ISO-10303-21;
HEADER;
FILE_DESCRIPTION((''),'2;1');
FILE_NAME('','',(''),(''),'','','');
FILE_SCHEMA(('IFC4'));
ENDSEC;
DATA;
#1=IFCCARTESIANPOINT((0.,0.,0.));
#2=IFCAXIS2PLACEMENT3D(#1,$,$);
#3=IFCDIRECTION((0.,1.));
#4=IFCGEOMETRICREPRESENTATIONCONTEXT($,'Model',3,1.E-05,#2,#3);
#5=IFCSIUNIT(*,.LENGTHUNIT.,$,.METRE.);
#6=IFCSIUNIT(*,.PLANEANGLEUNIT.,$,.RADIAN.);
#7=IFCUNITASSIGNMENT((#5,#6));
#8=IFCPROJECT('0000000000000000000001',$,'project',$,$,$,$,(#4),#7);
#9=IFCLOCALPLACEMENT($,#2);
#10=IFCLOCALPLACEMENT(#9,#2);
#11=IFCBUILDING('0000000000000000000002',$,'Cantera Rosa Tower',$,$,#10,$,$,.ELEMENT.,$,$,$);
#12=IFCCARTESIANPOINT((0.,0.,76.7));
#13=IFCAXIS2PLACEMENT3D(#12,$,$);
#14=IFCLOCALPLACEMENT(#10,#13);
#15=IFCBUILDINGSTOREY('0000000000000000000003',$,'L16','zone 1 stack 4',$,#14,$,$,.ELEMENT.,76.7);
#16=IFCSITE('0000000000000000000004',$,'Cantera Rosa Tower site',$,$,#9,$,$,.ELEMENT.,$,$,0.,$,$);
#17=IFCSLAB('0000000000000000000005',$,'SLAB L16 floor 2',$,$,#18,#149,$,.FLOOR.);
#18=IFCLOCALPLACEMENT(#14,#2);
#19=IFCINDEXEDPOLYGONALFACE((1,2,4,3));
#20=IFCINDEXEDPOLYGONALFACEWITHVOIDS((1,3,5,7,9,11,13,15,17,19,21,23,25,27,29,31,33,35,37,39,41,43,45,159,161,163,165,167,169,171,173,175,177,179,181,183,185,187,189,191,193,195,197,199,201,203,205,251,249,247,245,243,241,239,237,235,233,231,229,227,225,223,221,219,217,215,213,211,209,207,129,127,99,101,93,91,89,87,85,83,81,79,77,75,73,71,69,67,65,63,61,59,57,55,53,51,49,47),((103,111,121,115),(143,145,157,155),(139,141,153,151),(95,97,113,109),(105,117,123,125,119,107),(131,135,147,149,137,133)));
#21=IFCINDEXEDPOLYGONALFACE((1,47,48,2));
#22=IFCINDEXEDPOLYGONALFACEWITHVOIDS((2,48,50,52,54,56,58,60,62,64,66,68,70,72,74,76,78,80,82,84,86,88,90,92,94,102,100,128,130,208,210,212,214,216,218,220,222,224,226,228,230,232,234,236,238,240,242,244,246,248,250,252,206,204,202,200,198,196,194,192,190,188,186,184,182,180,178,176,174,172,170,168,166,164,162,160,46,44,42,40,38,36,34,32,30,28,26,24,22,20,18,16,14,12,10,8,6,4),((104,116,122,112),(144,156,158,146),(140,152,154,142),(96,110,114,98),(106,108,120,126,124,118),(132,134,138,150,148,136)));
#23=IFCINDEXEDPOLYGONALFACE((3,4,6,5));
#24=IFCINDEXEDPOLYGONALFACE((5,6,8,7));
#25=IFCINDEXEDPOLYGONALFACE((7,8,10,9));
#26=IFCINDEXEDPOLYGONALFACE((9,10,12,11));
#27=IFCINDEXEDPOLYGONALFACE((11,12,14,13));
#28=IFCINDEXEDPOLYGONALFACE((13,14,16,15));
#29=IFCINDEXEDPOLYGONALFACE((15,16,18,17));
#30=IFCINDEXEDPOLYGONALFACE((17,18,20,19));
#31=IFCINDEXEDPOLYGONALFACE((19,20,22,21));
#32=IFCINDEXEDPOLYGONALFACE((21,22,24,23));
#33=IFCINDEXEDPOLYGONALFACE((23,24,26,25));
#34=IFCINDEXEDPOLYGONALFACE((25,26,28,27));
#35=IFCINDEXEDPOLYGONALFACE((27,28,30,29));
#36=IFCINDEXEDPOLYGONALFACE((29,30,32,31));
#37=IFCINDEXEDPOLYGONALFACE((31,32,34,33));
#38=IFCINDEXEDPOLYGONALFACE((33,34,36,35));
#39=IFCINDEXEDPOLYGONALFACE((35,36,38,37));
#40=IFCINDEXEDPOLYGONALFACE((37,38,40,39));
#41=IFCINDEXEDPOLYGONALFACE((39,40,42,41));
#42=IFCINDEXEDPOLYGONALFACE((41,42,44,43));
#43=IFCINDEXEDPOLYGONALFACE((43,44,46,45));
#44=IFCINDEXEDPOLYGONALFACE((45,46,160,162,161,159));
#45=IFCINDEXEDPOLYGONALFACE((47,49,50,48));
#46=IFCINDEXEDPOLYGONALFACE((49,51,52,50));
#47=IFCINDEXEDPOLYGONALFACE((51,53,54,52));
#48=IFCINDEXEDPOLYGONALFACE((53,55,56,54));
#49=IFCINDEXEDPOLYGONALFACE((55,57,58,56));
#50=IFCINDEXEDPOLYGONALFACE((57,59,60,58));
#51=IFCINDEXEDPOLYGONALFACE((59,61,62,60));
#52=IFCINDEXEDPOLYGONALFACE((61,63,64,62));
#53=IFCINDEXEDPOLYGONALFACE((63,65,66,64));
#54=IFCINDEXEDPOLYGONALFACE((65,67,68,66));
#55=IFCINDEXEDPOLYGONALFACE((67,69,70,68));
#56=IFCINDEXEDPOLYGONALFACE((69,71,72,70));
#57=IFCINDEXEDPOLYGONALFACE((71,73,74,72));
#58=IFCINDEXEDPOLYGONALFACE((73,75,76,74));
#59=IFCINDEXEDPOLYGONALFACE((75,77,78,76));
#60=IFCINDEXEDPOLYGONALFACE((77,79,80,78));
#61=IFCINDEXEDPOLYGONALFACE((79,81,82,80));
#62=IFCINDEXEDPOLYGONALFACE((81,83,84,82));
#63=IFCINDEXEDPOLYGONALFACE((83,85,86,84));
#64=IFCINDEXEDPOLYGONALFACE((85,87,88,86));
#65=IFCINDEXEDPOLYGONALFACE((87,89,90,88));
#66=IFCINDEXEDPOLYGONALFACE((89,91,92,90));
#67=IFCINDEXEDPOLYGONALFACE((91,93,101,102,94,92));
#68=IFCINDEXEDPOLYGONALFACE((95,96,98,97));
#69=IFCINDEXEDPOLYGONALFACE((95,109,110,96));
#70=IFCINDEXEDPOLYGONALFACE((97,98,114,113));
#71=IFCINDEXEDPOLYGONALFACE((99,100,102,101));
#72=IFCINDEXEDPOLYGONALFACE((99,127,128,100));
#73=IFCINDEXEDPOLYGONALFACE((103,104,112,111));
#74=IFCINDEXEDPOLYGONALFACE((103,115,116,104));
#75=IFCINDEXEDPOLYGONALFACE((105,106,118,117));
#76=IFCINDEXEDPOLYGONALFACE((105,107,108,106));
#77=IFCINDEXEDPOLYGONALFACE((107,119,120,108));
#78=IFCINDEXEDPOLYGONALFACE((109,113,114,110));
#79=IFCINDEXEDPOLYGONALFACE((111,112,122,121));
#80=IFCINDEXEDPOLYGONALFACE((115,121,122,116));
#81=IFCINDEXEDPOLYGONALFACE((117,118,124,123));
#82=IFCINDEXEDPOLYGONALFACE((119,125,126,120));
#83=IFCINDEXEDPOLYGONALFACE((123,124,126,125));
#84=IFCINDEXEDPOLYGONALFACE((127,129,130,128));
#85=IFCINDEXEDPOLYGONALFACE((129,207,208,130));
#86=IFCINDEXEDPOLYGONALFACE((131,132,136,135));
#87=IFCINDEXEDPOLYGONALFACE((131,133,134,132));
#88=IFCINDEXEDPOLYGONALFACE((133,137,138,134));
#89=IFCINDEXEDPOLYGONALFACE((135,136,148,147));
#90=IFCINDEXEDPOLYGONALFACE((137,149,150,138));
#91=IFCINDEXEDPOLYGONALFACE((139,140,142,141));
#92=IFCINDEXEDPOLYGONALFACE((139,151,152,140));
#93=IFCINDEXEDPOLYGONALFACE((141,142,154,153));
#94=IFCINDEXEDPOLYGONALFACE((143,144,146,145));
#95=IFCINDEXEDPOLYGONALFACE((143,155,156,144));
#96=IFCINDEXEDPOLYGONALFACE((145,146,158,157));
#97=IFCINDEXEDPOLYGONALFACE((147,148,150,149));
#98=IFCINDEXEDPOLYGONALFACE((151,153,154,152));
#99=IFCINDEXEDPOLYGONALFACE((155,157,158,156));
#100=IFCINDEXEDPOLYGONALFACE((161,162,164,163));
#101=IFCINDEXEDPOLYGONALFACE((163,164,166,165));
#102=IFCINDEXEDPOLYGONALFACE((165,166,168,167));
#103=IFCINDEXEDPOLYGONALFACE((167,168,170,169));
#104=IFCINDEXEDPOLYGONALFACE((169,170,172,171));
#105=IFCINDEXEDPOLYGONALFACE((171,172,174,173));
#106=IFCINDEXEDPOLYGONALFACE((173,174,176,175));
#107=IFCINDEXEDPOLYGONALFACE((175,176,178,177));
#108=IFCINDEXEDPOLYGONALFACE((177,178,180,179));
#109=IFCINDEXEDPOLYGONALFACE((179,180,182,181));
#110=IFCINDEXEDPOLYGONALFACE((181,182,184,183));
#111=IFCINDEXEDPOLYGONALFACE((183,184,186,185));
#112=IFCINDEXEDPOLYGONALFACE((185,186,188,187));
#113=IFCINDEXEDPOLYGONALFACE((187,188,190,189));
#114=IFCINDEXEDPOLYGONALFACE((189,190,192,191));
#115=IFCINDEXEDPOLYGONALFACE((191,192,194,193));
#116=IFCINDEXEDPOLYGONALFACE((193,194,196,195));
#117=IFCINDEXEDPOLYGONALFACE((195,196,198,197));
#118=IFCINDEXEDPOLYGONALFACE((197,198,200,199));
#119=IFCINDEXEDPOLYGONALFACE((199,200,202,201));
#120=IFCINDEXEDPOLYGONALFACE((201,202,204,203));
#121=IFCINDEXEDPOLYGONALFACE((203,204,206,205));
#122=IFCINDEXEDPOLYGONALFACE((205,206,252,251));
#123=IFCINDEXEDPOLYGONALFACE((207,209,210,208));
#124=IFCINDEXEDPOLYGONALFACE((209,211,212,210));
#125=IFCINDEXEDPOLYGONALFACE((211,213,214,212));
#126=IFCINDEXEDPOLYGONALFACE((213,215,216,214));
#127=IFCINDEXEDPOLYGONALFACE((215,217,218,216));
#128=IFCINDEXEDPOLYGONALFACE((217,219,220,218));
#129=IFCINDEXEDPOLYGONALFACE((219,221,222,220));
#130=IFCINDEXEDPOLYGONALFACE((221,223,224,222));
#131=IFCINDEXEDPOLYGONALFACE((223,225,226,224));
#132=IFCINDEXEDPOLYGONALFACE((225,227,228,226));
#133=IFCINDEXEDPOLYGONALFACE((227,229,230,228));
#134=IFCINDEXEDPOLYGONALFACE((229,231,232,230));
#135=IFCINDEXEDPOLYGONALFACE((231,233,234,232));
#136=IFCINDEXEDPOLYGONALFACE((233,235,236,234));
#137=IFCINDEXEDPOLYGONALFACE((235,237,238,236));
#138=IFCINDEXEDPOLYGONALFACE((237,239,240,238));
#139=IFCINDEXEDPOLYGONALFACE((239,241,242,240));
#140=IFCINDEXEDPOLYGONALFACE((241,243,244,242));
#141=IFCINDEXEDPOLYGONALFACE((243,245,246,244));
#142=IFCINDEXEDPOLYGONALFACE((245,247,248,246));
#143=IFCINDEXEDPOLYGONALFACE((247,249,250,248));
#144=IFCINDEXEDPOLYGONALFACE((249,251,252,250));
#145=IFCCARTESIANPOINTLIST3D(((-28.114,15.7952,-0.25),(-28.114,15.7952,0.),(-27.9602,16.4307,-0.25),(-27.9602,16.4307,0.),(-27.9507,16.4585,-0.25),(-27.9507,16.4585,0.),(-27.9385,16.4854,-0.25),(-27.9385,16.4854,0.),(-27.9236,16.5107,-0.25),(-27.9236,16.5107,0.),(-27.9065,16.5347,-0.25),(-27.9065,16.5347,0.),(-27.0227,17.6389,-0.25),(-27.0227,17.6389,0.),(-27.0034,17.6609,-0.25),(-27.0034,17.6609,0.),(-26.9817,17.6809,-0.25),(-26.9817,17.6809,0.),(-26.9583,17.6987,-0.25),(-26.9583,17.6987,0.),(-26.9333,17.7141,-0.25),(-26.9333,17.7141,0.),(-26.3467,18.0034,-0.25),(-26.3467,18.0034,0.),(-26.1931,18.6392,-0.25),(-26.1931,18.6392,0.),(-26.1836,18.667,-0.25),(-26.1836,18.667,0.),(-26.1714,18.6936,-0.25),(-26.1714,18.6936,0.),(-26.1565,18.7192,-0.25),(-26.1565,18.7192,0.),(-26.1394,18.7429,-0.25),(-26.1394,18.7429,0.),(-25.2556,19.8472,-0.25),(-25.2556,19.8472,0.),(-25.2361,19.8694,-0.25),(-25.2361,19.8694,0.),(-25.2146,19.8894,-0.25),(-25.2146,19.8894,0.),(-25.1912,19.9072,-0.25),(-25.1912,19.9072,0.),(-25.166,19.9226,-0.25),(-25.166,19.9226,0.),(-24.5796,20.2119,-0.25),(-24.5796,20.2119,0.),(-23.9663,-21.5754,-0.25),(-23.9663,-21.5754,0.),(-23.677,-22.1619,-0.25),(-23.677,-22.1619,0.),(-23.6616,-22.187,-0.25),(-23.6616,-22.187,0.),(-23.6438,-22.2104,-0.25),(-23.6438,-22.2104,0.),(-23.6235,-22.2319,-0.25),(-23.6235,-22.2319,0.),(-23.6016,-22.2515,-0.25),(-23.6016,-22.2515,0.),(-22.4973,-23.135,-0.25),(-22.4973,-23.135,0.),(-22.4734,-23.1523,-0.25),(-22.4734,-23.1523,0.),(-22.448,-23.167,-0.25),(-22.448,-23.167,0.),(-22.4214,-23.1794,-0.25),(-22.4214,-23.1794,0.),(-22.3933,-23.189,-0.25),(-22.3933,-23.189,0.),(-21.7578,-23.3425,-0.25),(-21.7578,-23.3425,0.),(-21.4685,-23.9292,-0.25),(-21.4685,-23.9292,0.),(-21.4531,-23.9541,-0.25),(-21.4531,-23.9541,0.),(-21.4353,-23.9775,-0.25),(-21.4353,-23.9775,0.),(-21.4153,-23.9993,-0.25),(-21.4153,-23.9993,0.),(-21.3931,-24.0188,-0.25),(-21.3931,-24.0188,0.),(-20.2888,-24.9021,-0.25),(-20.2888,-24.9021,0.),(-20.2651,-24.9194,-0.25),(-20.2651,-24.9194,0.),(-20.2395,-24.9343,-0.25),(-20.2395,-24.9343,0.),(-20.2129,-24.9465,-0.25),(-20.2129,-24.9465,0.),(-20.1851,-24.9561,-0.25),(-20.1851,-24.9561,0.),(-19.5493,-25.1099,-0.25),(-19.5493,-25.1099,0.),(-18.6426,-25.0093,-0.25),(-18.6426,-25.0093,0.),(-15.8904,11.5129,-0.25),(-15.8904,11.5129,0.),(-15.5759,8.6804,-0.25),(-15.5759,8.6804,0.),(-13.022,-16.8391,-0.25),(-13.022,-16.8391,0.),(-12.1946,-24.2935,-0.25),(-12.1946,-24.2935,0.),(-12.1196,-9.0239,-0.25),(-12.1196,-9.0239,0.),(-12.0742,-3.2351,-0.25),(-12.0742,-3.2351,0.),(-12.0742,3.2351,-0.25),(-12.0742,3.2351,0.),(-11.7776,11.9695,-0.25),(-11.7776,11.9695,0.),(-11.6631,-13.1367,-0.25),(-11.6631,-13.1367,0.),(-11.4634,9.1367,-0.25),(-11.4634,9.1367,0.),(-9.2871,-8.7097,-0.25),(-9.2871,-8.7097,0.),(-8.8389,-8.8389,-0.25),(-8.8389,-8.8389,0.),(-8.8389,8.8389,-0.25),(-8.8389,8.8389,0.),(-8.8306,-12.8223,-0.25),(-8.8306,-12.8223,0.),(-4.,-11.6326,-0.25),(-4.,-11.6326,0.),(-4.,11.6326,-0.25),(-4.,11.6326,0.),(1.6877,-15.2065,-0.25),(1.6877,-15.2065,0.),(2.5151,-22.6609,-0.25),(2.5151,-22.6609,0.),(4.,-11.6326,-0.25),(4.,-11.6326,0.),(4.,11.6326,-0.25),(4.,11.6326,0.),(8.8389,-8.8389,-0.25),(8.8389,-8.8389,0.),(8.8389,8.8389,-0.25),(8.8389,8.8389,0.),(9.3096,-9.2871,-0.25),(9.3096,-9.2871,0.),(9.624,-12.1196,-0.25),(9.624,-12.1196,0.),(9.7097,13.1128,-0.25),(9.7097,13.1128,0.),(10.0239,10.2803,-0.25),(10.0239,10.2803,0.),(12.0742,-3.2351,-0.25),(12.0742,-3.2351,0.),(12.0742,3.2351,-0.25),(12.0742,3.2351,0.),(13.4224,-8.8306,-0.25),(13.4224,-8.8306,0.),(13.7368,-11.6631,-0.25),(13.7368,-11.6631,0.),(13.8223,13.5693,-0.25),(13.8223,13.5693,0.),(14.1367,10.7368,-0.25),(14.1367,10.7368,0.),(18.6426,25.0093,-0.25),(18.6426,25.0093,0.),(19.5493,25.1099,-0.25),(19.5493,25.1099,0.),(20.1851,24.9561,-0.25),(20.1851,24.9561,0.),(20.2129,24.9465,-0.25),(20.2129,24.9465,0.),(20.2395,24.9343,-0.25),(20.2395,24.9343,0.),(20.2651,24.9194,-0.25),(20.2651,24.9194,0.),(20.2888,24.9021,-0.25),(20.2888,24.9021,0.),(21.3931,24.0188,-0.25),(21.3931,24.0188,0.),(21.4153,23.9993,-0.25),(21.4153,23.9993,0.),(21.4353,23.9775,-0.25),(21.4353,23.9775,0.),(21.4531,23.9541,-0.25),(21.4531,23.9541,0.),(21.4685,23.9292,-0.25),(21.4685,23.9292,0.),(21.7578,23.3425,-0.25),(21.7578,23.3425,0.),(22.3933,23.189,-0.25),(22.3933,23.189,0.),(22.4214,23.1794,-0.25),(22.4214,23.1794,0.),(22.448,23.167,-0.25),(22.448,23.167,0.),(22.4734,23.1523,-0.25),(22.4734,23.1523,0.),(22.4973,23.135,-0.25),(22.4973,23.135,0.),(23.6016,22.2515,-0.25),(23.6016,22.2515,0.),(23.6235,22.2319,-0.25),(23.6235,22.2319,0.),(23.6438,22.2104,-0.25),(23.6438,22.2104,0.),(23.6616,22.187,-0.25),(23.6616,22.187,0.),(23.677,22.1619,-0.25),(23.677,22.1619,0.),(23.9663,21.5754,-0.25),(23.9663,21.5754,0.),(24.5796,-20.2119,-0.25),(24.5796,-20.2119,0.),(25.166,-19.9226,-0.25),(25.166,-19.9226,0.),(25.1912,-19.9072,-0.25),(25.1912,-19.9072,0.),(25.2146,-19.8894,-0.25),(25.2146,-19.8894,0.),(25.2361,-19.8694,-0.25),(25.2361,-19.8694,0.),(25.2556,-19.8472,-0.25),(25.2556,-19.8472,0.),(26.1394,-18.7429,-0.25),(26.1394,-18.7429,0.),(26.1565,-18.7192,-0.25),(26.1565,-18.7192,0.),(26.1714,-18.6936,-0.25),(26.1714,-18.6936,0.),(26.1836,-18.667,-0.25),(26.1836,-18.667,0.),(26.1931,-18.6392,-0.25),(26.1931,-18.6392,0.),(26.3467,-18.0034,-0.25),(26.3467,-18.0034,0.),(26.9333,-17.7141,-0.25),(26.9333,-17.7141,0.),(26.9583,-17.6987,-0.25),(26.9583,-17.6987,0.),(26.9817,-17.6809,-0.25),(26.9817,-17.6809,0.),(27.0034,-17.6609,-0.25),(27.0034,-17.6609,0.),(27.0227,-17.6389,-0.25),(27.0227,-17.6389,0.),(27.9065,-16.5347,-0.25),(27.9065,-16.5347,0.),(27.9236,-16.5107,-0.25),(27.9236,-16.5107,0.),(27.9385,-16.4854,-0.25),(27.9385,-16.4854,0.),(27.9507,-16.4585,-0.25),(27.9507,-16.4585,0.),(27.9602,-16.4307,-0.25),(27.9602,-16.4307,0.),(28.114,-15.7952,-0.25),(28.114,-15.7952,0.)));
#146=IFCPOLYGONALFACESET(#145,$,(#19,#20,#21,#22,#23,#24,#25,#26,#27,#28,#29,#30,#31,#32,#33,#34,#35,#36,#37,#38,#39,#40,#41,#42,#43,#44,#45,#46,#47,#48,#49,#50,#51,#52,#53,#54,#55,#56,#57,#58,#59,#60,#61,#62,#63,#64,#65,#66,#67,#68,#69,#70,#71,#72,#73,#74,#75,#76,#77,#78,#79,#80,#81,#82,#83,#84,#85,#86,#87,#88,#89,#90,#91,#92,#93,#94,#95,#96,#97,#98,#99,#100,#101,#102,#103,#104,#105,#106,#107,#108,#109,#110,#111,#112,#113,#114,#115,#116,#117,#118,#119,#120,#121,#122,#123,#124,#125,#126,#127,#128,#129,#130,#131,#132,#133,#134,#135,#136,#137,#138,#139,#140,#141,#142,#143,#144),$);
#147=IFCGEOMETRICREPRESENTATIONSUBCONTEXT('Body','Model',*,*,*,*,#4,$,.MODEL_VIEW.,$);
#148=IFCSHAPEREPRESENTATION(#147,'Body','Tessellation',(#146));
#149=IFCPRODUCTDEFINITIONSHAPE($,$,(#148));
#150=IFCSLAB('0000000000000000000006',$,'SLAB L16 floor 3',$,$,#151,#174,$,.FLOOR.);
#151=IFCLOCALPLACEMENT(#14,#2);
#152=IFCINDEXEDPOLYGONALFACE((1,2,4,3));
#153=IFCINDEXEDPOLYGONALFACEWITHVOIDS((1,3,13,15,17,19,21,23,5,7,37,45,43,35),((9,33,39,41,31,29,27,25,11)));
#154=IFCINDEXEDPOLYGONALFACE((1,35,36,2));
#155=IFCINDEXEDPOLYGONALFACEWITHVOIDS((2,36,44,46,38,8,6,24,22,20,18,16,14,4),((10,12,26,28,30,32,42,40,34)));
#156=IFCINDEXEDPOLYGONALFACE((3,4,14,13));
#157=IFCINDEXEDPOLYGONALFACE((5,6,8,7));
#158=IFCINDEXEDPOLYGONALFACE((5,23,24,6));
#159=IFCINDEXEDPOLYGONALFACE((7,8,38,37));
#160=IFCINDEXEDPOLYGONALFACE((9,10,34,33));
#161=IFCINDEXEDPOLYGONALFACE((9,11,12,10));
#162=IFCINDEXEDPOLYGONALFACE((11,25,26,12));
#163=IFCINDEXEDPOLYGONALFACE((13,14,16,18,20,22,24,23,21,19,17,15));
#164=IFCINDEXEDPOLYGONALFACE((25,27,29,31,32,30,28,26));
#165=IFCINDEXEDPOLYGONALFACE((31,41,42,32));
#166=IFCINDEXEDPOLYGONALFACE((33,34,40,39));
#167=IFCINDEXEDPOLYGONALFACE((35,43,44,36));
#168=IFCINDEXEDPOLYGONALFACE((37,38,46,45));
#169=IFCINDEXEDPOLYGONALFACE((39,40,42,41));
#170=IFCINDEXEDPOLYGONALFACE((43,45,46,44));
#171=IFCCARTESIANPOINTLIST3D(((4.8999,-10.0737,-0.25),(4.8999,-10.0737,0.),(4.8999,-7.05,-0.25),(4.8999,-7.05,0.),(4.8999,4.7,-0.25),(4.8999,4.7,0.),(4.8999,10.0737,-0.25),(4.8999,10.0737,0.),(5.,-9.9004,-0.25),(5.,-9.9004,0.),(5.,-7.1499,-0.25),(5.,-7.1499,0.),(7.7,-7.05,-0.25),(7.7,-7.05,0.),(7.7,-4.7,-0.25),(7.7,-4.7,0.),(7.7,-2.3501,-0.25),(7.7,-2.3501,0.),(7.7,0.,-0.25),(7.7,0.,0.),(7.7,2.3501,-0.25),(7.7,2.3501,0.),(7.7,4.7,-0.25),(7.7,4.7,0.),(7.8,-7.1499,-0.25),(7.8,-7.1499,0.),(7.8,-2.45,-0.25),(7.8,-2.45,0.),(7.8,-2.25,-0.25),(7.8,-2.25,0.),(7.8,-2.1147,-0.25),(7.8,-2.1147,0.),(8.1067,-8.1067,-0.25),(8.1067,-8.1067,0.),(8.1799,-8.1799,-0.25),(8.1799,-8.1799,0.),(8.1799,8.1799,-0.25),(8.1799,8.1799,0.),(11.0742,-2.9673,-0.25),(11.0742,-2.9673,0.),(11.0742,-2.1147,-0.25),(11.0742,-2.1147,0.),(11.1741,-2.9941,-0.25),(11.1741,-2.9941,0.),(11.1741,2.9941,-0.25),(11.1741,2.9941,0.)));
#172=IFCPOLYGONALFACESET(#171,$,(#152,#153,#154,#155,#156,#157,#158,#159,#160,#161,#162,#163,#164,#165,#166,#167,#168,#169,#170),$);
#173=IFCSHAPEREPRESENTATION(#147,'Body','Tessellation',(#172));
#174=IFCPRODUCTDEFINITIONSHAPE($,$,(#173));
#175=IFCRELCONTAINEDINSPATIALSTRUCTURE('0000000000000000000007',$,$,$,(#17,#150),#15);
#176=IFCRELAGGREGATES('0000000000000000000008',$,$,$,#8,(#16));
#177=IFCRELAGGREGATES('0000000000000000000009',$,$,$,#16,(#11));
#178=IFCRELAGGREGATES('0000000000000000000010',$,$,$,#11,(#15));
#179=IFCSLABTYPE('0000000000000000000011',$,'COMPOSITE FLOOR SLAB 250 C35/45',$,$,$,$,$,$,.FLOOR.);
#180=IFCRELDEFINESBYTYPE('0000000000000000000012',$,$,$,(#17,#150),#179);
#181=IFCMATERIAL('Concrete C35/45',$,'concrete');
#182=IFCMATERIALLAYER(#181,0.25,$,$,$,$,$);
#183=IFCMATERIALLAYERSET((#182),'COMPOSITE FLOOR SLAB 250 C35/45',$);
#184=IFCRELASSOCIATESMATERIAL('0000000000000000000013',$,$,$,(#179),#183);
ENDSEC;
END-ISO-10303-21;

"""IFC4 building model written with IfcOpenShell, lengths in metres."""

from ifc_helpers import new_model, si_unit, direction, frame, origin, place, context, subcontext, project, spatial, polyline, outline, extrude, material, layer, layer_set, type_object, element, save


model = new_model("IFC4")

# Units and contexts
model_context = context("Model", 3, precision=1e-05, world=origin(), true_north=direction((0.0, 1.0)))
body_context = subcontext(model_context, "Body", "Model", "MODEL_VIEW")
ifc_project = project(units=[si_unit("LENGTHUNIT", "METRE"), si_unit("PLANEANGLEUNIT", "RADIAN")], contexts=[model_context])

# Site, building, storey
site_placement = place(None, origin())
site = spatial("IfcSite", under=ifc_project, at=site_placement, Name="Cantera Rosa Tower site", CompositionType="ELEMENT", RefElevation=0.0)
building_placement = place(site_placement, origin())
building = spatial("IfcBuilding", under=site, at=building_placement, Name="Cantera Rosa Tower", CompositionType="ELEMENT")
storey_placement = place(building_placement, frame((0.0, 0.0, 76.7)))
storey = spatial("IfcBuildingStorey", under=building, at=storey_placement, Name="L16", Description="zone 1 stack 4", CompositionType="ELEMENT", Elevation=76.7)

# Slabs
ifc_material_1 = material(Name="Concrete C35/45", Category="concrete")
ifc_layer_1 = layer(ifc_material_1, 0.25)
ifc_layer_set_1 = layer_set([ifc_layer_1], Name="COMPOSITE FLOOR SLAB 250 C35/45")
slab_type_1 = type_object("IfcSlabType", Name="COMPOSITE FLOOR SLAB 250 C35/45", PredefinedType="FLOOR", material=ifc_layer_set_1)
slab_1_placement = place(storey_placement, frame((0.0, 0.0, -0.25)))
element("IfcSlab", 1, at=slab_1_placement, inside=storey, type_object=slab_type_1, Name="SLAB L16 floor 2", PredefinedType="FLOOR", context=body_context, shape_type="SweptSolid", body=[
    extrude(outline(polyline([(-21.3931, -24.0188), (-21.4153, -23.9993), (-21.4353, -23.9775), (-21.4531, -23.9541), (-21.4685, -23.9292), (-21.7578, -23.3425), (-22.3933, -23.189), (-22.4214, -23.1794), (-22.448, -23.167), (-22.4734, -23.1523), (-22.4973, -23.135), (-23.6016, -22.2515), (-23.6235, -22.2319), (-23.6438, -22.2104), (-23.6616, -22.187), (-23.677, -22.1619), (-23.9663, -21.5754), (-28.114, 15.7952), (-27.9602, 16.4307), (-27.9507, 16.4585), (-27.9385, 16.4854), (-27.9236, 16.5107), (-27.9065, 16.5347), (-27.0227, 17.6389), (-27.0034, 17.6609), (-26.9817, 17.6809), (-26.9583, 17.6987), (-26.9333, 17.7141), (-26.3467, 18.0034), (-26.1931, 18.6392), (-26.1836, 18.667), (-26.1714, 18.6936), (-26.1565, 18.7192), (-26.1394, 18.7429), (-25.2556, 19.8472), (-25.2361, 19.8694), (-25.2146, 19.8894), (-25.1912, 19.9072), (-25.166, 19.9226), (-24.5796, 20.2119), (18.6426, 25.0093), (19.5493, 25.1099), (20.1851, 24.9561), (20.2129, 24.9465), (20.2395, 24.9343), (20.2651, 24.9194), (20.2888, 24.9021), (21.3931, 24.0188), (21.4153, 23.9993), (21.4353, 23.9775), (21.4531, 23.9541), (21.4685, 23.9292), (21.7578, 23.3425), (22.3933, 23.189), (22.4214, 23.1794), (22.448, 23.167), (22.4734, 23.1523), (22.4973, 23.135), (23.6016, 22.2515), (23.6235, 22.2319), (23.6438, 22.2104), (23.6616, 22.187), (23.677, 22.1619), (23.9663, 21.5754), (28.114, -15.7952), (27.9602, -16.4307), (27.9507, -16.4585), (27.9385, -16.4854), (27.9236, -16.5107), (27.9065, -16.5347), (27.0227, -17.6389), (27.0034, -17.6609), (26.9817, -17.6809), (26.9583, -17.6987), (26.9333, -17.7141), (26.3467, -18.0034), (26.1931, -18.6392), (26.1836, -18.667), (26.1714, -18.6936), (26.1565, -18.7192), (26.1394, -18.7429), (25.2556, -19.8472), (25.2361, -19.8694), (25.2146, -19.8894), (25.1912, -19.9072), (25.166, -19.9226), (24.5796, -20.2119), (2.5151, -22.6609), (1.6877, -15.2065), (-13.022, -16.8391), (-12.1946, -24.2935), (-18.6426, -25.0093), (-19.5493, -25.1099), (-20.1851, -24.9561), (-20.2129, -24.9465), (-20.2395, -24.9343), (-20.2651, -24.9194), (-20.2888, -24.9021), (-21.3931, -24.0188)]), holes=[polyline([(-9.2871, -8.7097), (-12.1196, -9.0239), (-11.6631, -13.1367), (-8.8306, -12.8223), (-9.2871, -8.7097)]), polyline([(-12.0742, 3.2351), (-12.0742, -3.2351), (-8.8389, -8.8389), (-4.0, -11.6326), (-4.0, 11.6326), (-8.8389, 8.8389), (-12.0742, 3.2351)]), polyline([(-15.8904, 11.5129), (-15.5759, 8.6804), (-11.4634, 9.1367), (-11.7776, 11.9695), (-15.8904, 11.5129)]), polyline([(9.3096, -9.2871), (9.624, -12.1196), (13.7368, -11.6631), (13.4224, -8.8306), (9.3096, -9.2871)]), polyline([(8.8389, -8.8389), (12.0742, -3.2351), (12.0742, 3.2351), (8.8389, 8.8389), (4.0, 11.6326), (4.0, -11.6326), (8.8389, -8.8389)]), polyline([(13.8223, 13.5693), (9.7097, 13.1128), (10.0239, 10.2803), (14.1367, 10.7368), (13.8223, 13.5693)])]), origin(), (0.0, 0.0, 1.0), 0.25),
])
slab_2_placement = place(storey_placement, frame((0.0, 0.0, -0.25)))
element("IfcSlab", 2, at=slab_2_placement, inside=storey, type_object=slab_type_1, Name="SLAB L16 floor 3", PredefinedType="FLOOR", context=body_context, shape_type="SweptSolid", body=[
    extrude(outline(polyline([(7.7, -2.3501), (7.7, 0.0), (7.7, 2.3501), (7.7, 4.7), (4.8999, 4.7), (4.8999, 10.0737), (8.1799, 8.1799), (11.1741, 2.9941), (11.1741, -2.9941), (8.1799, -8.1799), (4.8999, -10.0737), (4.8999, -7.05), (7.7, -7.05), (7.7, -4.7), (7.7, -2.3501)]), holes=[polyline([(7.8, -2.45), (7.8, -7.1499), (5.0, -7.1499), (5.0, -9.9004), (8.1067, -8.1067), (11.0742, -2.9673), (11.0742, -2.1147), (7.8, -2.1147), (7.8, -2.25), (7.8, -2.45)])]), origin(), (0.0, 0.0, 1.0), 0.25),
])

save(model, "model.ifc")
